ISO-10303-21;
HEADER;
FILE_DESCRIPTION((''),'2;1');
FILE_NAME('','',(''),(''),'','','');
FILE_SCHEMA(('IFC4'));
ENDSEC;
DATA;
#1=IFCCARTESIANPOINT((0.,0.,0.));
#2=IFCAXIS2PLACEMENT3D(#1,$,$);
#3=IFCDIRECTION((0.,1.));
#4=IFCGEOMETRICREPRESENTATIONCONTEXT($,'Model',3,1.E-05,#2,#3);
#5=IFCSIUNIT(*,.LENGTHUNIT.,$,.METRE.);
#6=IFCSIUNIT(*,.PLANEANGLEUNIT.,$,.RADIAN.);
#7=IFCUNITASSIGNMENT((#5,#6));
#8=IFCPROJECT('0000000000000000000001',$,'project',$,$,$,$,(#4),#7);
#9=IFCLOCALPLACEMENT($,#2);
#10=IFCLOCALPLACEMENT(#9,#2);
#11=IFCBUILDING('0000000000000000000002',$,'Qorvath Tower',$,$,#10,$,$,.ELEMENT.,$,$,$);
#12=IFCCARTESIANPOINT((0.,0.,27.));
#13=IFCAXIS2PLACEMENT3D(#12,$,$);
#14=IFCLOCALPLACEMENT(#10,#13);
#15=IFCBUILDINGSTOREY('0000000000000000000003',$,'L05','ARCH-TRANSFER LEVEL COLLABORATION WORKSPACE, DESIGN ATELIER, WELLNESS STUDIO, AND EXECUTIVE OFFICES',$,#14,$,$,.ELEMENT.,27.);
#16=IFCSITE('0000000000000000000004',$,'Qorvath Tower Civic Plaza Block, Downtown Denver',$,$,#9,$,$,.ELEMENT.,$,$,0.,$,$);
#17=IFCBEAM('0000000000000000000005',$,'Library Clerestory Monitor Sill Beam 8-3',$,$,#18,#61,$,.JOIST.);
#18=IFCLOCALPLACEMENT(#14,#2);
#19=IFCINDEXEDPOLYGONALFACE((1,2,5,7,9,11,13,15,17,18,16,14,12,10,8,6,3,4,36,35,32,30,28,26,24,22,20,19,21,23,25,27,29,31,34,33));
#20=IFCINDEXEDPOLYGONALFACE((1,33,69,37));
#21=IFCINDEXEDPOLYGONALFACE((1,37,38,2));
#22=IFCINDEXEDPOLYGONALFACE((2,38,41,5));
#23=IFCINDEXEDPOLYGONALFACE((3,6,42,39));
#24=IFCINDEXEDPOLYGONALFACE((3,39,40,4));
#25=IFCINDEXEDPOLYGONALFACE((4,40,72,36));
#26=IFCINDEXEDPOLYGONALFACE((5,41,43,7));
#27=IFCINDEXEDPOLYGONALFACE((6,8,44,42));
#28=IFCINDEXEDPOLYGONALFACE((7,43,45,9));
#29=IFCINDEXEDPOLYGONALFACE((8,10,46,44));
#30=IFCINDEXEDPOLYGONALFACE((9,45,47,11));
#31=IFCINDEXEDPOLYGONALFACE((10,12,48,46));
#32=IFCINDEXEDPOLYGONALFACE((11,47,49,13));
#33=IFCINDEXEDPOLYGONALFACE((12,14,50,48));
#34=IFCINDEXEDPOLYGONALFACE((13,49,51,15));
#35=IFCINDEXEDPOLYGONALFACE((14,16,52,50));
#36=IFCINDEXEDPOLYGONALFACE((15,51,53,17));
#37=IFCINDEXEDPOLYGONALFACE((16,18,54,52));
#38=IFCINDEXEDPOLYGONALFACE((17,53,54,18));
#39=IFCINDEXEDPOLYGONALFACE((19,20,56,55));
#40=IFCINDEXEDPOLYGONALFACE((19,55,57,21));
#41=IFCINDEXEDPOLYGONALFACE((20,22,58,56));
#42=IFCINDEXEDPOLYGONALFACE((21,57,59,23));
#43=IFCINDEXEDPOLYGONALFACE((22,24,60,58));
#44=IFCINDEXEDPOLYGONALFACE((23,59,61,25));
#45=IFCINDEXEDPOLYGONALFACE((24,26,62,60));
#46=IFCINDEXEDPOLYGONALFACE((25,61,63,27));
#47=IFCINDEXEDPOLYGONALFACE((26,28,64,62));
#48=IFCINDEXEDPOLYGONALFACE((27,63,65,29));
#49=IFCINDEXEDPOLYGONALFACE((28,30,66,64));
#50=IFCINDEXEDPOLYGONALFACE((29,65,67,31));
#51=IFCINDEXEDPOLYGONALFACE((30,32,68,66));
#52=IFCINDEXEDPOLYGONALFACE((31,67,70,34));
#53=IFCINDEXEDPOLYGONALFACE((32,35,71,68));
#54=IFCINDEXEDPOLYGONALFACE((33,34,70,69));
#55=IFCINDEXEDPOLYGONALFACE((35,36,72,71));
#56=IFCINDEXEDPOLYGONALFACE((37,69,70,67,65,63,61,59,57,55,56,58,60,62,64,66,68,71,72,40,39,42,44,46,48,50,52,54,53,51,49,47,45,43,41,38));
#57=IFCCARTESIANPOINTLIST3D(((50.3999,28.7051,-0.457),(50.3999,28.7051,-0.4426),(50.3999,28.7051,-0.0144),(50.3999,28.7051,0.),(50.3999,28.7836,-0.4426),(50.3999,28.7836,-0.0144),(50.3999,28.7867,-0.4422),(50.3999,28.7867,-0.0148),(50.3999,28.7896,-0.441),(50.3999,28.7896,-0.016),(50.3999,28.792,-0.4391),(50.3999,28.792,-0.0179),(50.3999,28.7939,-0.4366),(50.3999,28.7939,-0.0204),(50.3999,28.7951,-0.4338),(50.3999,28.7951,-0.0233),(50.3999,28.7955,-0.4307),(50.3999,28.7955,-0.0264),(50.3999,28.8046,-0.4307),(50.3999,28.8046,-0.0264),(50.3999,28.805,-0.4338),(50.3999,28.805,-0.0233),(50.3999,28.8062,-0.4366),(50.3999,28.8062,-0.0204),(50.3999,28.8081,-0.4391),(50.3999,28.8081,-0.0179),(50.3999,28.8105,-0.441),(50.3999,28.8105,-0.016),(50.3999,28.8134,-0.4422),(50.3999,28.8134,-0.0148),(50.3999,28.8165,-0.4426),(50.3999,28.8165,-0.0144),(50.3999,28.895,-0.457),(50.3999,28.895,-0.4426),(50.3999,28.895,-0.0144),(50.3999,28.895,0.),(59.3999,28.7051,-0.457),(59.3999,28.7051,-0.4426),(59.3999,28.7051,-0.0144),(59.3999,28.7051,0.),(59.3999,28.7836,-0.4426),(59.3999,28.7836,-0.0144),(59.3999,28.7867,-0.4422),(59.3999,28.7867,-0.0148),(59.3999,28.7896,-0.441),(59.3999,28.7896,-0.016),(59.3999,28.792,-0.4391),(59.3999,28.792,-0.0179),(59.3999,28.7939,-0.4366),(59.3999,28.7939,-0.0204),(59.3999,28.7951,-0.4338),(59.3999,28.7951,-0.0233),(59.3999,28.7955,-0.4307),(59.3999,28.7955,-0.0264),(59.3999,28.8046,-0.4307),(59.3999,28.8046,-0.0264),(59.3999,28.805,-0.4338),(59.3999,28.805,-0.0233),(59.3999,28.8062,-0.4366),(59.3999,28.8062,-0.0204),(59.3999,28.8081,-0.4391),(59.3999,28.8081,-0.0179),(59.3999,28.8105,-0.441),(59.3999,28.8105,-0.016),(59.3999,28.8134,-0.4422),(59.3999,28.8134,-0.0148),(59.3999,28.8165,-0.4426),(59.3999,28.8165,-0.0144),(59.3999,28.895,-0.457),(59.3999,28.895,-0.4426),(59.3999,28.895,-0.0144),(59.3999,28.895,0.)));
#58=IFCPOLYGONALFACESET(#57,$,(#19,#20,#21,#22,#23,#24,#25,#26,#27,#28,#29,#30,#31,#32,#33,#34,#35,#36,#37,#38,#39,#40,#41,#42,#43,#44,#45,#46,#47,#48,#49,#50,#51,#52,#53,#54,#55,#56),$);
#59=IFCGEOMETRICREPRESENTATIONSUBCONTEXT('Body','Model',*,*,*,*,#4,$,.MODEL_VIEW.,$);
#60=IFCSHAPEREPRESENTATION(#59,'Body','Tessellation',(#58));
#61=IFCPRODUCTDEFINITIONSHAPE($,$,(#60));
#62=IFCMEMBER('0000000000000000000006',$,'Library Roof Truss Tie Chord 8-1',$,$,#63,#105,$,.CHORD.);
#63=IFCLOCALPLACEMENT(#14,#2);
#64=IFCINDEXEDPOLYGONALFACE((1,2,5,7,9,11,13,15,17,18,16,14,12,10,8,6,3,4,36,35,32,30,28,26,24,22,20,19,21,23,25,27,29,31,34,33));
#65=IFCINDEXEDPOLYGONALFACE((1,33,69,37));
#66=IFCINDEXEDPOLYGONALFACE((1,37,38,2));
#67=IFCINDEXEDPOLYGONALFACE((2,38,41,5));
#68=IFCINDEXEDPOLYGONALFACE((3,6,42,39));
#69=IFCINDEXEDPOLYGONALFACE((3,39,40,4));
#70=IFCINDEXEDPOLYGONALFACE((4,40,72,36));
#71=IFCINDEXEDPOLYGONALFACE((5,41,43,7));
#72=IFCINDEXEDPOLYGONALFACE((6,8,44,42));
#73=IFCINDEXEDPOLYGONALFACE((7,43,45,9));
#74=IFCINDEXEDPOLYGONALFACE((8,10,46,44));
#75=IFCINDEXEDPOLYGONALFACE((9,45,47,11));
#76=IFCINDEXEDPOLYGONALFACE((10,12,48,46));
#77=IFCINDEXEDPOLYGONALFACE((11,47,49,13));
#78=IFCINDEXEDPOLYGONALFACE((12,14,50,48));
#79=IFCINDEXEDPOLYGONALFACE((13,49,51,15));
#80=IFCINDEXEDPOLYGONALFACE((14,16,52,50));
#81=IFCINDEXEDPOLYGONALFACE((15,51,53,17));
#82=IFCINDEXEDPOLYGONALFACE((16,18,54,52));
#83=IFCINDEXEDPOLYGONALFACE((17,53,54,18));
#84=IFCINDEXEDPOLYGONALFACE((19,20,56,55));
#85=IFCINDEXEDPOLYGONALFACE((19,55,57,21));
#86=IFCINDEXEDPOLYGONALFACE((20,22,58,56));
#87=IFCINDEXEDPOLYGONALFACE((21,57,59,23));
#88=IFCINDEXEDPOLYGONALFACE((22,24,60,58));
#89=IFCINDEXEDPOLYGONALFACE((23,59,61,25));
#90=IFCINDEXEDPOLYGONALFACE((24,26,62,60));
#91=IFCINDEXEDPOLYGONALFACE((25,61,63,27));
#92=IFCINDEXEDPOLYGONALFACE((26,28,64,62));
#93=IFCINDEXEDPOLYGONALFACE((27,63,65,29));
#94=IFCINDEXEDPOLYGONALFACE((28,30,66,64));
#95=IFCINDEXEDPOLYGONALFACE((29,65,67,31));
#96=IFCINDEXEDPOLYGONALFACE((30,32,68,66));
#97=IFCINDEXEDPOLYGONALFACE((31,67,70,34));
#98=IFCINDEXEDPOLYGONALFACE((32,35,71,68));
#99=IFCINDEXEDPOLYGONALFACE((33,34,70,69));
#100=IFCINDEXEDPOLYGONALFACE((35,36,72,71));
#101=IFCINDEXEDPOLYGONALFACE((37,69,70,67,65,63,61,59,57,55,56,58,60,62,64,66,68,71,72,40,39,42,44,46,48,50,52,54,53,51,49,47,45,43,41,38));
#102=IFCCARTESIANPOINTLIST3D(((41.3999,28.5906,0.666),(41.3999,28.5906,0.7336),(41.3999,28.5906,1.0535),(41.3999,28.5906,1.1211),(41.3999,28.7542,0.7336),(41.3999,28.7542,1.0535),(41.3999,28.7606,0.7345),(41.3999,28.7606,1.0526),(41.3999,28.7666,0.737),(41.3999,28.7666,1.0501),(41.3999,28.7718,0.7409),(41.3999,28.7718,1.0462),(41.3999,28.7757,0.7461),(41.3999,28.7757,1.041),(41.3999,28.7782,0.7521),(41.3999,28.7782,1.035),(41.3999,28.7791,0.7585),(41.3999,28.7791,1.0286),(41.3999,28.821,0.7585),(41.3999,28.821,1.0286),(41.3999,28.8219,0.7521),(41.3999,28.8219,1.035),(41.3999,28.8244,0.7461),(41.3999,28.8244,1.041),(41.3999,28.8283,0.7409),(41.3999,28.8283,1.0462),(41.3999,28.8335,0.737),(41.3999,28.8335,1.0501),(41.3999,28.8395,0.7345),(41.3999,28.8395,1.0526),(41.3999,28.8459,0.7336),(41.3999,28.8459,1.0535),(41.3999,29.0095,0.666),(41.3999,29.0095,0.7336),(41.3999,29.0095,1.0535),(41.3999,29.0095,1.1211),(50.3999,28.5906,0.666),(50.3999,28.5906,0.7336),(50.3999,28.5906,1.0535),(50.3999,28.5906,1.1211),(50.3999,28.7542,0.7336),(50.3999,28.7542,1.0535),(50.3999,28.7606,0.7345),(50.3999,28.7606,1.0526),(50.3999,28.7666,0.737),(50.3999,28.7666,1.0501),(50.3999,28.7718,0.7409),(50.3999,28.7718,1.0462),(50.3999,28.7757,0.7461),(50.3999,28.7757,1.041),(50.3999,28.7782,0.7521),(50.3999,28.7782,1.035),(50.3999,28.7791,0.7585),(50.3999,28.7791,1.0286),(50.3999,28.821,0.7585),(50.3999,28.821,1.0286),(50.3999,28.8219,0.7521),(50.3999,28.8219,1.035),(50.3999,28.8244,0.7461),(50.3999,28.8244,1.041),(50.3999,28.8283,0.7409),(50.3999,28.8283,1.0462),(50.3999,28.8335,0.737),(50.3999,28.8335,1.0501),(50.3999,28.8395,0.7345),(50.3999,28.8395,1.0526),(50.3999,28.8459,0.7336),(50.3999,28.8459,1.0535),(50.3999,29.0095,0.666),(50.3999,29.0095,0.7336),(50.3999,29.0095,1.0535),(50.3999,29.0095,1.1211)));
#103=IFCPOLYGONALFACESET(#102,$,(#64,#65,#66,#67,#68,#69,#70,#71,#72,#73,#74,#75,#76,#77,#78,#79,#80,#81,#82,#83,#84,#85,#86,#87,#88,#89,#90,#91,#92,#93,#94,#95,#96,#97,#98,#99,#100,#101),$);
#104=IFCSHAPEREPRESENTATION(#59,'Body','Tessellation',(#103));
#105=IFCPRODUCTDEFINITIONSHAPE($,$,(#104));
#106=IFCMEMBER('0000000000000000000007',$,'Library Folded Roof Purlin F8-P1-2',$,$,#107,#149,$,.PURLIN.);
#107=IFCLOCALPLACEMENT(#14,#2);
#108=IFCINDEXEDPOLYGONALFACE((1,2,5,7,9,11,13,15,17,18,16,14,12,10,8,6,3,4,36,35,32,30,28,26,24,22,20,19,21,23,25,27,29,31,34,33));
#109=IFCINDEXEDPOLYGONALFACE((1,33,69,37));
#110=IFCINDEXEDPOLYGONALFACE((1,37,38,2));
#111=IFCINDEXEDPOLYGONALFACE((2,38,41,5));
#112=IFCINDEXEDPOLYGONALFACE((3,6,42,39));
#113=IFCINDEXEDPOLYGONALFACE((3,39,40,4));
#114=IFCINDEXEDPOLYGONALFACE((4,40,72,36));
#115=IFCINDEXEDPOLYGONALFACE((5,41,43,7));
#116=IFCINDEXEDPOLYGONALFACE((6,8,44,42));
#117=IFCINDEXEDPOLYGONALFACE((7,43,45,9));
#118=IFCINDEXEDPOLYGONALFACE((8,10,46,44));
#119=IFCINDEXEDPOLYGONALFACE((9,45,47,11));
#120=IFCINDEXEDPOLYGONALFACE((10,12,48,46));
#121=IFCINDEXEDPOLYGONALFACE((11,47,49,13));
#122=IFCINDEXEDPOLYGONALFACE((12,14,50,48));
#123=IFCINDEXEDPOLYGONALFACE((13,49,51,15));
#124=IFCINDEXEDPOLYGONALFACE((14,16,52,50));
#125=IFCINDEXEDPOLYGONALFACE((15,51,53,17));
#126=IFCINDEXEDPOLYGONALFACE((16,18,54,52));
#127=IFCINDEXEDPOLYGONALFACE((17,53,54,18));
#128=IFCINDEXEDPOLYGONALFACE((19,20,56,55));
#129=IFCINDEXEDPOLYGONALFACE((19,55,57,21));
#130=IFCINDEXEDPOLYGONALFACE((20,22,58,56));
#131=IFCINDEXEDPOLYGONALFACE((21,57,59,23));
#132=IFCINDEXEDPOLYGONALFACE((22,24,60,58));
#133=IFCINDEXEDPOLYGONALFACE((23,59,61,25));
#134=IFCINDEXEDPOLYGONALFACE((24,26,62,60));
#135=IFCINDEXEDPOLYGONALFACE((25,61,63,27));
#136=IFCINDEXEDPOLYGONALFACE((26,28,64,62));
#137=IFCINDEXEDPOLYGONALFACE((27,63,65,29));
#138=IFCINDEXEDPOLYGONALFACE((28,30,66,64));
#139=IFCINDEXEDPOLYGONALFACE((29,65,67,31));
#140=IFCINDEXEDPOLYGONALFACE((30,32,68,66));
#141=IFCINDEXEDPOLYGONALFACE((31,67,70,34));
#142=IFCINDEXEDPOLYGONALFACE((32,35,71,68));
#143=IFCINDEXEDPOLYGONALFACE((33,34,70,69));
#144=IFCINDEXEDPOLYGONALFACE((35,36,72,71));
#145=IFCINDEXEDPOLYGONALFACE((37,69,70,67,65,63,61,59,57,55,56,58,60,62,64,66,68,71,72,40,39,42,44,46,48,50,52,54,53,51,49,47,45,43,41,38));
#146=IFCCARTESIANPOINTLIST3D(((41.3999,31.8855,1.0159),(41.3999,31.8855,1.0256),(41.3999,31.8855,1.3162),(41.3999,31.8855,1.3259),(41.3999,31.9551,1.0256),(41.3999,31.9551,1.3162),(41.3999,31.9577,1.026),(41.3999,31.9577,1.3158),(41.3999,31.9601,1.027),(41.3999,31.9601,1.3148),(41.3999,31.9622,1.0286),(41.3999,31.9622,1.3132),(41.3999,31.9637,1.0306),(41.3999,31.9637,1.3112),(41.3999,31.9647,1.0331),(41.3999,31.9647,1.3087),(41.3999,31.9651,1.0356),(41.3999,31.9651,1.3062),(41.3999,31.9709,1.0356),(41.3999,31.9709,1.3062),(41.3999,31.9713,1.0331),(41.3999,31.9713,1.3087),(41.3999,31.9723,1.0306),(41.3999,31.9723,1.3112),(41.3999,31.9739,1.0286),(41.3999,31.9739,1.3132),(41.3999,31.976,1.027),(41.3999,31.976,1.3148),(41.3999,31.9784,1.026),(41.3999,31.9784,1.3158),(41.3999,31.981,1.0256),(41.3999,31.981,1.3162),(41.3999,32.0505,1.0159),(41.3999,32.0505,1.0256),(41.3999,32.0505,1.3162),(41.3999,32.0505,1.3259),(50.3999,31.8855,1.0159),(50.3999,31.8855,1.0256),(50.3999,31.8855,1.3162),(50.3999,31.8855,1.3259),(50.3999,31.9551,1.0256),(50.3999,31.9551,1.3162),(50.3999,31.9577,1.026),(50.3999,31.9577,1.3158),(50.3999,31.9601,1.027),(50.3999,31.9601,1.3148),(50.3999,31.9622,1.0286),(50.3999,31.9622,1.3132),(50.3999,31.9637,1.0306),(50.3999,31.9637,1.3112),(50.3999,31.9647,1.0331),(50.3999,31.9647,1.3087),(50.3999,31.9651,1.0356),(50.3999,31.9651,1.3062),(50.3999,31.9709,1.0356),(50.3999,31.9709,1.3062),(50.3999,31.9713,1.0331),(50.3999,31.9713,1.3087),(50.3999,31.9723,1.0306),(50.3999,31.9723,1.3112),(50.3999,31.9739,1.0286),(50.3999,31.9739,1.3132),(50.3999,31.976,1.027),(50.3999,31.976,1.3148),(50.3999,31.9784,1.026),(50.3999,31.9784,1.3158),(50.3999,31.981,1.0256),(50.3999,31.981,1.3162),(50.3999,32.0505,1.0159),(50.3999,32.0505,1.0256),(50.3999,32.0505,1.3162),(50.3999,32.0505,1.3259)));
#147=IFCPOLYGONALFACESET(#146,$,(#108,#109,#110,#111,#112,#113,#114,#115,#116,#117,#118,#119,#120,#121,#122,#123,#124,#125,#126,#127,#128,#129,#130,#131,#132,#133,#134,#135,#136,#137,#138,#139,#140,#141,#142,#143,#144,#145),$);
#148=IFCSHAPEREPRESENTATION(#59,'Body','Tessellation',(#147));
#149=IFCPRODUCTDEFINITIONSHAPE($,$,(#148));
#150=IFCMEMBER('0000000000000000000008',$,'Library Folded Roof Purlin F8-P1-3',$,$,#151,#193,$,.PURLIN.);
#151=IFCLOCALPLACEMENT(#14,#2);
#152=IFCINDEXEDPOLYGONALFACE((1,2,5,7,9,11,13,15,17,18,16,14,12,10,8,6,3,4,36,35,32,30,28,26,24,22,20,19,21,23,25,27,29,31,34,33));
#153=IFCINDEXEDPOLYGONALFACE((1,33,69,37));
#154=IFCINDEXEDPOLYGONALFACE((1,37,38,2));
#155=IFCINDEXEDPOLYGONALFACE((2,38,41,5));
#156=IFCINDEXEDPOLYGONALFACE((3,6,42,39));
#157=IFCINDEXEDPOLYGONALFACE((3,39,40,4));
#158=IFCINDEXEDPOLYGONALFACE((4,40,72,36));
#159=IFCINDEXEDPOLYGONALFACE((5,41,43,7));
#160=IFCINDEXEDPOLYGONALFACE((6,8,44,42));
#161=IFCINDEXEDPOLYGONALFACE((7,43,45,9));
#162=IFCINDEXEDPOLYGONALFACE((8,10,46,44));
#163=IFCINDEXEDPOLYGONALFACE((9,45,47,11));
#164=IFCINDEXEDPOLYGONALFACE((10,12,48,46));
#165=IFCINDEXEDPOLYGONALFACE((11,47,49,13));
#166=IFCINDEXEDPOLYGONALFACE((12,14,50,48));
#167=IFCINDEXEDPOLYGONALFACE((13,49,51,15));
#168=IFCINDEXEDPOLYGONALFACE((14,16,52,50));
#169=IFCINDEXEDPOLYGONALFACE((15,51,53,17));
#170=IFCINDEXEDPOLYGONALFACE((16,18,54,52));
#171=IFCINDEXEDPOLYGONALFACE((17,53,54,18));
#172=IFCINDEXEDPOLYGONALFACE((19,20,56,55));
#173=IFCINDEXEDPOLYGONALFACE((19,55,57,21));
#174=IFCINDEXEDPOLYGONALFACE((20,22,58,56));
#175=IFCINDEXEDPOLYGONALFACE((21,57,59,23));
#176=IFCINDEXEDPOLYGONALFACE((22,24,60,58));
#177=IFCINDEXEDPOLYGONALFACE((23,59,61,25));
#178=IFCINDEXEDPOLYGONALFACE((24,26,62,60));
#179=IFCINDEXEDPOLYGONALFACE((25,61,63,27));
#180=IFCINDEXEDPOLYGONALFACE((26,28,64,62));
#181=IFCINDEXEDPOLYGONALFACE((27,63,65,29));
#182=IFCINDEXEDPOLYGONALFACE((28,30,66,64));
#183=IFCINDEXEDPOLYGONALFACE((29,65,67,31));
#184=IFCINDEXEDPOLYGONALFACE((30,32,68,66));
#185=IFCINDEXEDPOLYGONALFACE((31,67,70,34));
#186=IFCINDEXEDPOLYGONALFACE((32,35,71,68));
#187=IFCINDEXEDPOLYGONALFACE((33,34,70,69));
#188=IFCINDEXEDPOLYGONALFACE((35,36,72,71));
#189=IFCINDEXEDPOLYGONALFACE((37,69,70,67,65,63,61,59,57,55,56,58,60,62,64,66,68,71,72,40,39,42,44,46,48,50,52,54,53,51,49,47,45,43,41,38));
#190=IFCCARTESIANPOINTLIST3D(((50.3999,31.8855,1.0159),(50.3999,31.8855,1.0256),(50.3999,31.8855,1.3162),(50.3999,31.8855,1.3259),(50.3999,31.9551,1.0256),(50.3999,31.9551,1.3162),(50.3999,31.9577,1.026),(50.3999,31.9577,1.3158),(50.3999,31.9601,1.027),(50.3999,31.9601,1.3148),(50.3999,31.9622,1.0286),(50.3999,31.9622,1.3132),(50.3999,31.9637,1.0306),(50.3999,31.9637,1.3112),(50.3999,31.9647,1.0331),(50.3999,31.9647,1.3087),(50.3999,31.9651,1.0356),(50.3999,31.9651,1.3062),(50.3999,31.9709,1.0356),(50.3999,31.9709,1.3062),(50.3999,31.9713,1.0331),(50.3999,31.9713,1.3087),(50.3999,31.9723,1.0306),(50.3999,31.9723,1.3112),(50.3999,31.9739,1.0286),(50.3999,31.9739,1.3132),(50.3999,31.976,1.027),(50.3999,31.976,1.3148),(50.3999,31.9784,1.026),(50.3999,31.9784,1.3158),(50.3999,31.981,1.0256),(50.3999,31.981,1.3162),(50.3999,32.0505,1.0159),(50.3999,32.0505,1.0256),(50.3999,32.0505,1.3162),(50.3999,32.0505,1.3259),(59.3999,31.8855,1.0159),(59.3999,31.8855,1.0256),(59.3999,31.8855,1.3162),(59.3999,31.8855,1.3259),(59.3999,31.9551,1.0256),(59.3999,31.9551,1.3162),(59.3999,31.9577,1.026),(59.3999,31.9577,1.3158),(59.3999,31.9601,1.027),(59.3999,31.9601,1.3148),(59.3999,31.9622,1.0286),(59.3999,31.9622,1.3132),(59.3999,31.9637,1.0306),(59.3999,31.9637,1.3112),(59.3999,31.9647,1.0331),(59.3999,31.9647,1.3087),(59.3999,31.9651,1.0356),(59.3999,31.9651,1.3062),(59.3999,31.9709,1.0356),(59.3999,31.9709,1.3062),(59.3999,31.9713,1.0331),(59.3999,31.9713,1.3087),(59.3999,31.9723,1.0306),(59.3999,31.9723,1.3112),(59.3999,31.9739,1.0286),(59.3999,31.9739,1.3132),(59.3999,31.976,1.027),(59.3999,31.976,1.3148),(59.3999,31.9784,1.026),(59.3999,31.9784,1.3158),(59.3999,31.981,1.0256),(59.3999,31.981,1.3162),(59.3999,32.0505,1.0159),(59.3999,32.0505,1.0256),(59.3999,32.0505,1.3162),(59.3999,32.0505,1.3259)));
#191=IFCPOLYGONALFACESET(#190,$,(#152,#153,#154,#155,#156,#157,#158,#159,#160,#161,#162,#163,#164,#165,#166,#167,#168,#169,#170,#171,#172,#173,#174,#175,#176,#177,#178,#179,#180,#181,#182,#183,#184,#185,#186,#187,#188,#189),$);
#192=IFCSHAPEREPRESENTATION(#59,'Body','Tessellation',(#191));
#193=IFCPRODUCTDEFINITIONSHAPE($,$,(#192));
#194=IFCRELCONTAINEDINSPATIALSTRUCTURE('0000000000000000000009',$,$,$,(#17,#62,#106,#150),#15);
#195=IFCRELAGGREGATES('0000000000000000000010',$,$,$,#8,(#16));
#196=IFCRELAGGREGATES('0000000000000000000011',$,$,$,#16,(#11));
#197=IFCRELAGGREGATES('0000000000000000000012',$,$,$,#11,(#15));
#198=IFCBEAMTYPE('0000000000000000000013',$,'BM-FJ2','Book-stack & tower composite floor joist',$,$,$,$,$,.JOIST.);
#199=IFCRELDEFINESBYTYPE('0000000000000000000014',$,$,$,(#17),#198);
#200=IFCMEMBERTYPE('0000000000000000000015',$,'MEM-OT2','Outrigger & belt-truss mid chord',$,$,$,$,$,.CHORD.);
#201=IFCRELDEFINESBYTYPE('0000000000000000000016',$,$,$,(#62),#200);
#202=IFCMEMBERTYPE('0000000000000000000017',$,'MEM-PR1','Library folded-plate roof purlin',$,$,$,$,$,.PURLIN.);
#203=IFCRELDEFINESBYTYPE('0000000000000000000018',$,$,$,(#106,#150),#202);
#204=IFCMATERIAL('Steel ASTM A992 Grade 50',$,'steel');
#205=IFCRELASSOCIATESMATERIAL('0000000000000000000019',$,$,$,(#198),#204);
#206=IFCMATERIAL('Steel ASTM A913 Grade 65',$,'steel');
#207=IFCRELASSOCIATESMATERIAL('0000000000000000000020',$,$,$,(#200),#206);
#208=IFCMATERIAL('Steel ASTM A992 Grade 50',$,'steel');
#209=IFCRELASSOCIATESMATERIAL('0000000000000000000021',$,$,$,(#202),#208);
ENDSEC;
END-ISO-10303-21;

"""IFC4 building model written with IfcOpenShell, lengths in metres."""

from ifc_helpers import new_model, si_unit, direction, frame, origin, origin_2d, place, context, subcontext, project, spatial, i_section, extrude, material, material_profile, profile_set, type_object, element, save


model = new_model("IFC4")

# Units and contexts
model_context = context("Model", 3, precision=1e-05, world=origin(), true_north=direction((0.0, 1.0)))
body_context = subcontext(model_context, "Body", "Model", "MODEL_VIEW")
ifc_project = project(units=[si_unit("LENGTHUNIT", "METRE"), si_unit("PLANEANGLEUNIT", "RADIAN")], contexts=[model_context])

# Site, building, storey
site_placement = place(None, origin())
site = spatial("IfcSite", under=ifc_project, at=site_placement, Name="Qorvath Tower Civic Plaza Block, Downtown Denver", CompositionType="ELEMENT", RefElevation=0.0)
building_placement = place(site_placement, origin())
building = spatial("IfcBuilding", under=site, at=building_placement, Name="Qorvath Tower", CompositionType="ELEMENT")
storey_placement = place(building_placement, frame((0.0, 0.0, 27.0)))
storey = spatial("IfcBuildingStorey", under=building, at=storey_placement, Name="L05", Description="ARCH-TRANSFER LEVEL COLLABORATION WORKSPACE, DESIGN ATELIER, WELLNESS STUDIO, AND EXECUTIVE OFFICES", CompositionType="ELEMENT", Elevation=27.0)

# Beam
ifc_material_1 = material(Name="Steel ASTM A992 Grade 50", Category="steel")
ifc_material_profile_1 = material_profile(ifc_material_1, i_section(OverallWidth=0.1899, OverallDepth=0.457, WebThickness=0.009, FlangeThickness=0.0144, FilletRadius=0.012, at=origin_2d()), Name="W18x50")
ifc_profile_set_1 = profile_set([ifc_material_profile_1], Name="Steel ASTM A992 Grade 50")
beam_type_1 = type_object("IfcBeamType", Name="BM-FJ2", Description="Book-stack & tower composite floor joist", PredefinedType="JOIST", material=ifc_profile_set_1)
for number, where, z_axis, x_axis, name in (
    (1, (50.3999, 28.8, -0.2285), (1.0, 0.0, 0.0), (0.0, 1.0, 0.0), "Library Clerestory Monitor Sill Beam 8-3"),
):
    element("IfcBeam", number, at=place(storey_placement, frame(where, z_axis=z_axis, x_axis=x_axis)), inside=storey, type_object=beam_type_1, Name=name, PredefinedType="JOIST", context=body_context, shape_type="SweptSolid", body=[
        extrude(i_section(OverallWidth=0.1899, OverallDepth=0.457, WebThickness=0.009, FlangeThickness=0.0144, FilletRadius=0.012, at=origin_2d()), origin(), (0.0, 0.0, 1.0), 9.0),
    ])

# Members
ifc_material_2 = material(Name="Steel ASTM A913 Grade 65", Category="steel")
ifc_material_profile_2 = material_profile(ifc_material_2, i_section(OverallWidth=0.4189, OverallDepth=0.4551, WebThickness=0.042, FlangeThickness=0.0676, FilletRadius=0.0249, at=origin_2d()), Name="W14x370")
ifc_profile_set_2 = profile_set([ifc_material_profile_2], Name="Steel ASTM A913 Grade 65")
member_type_1 = type_object("IfcMemberType", Name="MEM-OT2", Description="Outrigger & belt-truss mid chord", PredefinedType="CHORD", material=ifc_profile_set_2)
member_placement = place(storey_placement, frame((41.3999, 28.8, 0.8936), z_axis=(1.0, 0.0, 0.0), x_axis=(0.0, 1.0, 0.0)))
element("IfcMember", 2, at=member_placement, inside=storey, type_object=member_type_1, Name="Library Roof Truss Tie Chord 8-1", PredefinedType="CHORD", context=body_context, shape_type="SweptSolid", body=[
    extrude(i_section(OverallWidth=0.4189, OverallDepth=0.4551, WebThickness=0.042, FlangeThickness=0.0676, FilletRadius=0.0249, at=origin_2d()), origin(), (0.0, 0.0, 1.0), 9.0),
])
ifc_material_3 = material(Name="Steel ASTM A992 Grade 50", Category="steel")
ifc_material_profile_3 = material_profile(ifc_material_3, i_section(OverallWidth=0.165, OverallDepth=0.3101, WebThickness=0.0059, FlangeThickness=0.0098, FilletRadius=0.01, at=origin_2d()), Name="W12x26")
ifc_profile_set_3 = profile_set([ifc_material_profile_3], Name="Steel ASTM A992 Grade 50")
member_type_2 = type_object("IfcMemberType", Name="MEM-PR1", Description="Library folded-plate roof purlin", PredefinedType="PURLIN", material=ifc_profile_set_3)
for number, where, z_axis, x_axis, name in (
    (3, (41.3999, 31.968, 1.1709), (1.0, 0.0, 0.0), (0.0, 1.0, 0.0), "Library Folded Roof Purlin F8-P1-2"),
    (4, (50.3999, 31.968, 1.1709), (1.0, 0.0, 0.0), (0.0, 1.0, 0.0), "Library Folded Roof Purlin F8-P1-3"),
):
    element("IfcMember", number, at=place(storey_placement, frame(where, z_axis=z_axis, x_axis=x_axis)), inside=storey, type_object=member_type_2, Name=name, PredefinedType="PURLIN", context=body_context, shape_type="SweptSolid", body=[
        extrude(i_section(OverallWidth=0.165, OverallDepth=0.3101, WebThickness=0.0059, FlangeThickness=0.0098, FilletRadius=0.01, at=origin_2d()), origin(), (0.0, 0.0, 1.0), 9.0),
    ])

save(model, "model.ifc")
